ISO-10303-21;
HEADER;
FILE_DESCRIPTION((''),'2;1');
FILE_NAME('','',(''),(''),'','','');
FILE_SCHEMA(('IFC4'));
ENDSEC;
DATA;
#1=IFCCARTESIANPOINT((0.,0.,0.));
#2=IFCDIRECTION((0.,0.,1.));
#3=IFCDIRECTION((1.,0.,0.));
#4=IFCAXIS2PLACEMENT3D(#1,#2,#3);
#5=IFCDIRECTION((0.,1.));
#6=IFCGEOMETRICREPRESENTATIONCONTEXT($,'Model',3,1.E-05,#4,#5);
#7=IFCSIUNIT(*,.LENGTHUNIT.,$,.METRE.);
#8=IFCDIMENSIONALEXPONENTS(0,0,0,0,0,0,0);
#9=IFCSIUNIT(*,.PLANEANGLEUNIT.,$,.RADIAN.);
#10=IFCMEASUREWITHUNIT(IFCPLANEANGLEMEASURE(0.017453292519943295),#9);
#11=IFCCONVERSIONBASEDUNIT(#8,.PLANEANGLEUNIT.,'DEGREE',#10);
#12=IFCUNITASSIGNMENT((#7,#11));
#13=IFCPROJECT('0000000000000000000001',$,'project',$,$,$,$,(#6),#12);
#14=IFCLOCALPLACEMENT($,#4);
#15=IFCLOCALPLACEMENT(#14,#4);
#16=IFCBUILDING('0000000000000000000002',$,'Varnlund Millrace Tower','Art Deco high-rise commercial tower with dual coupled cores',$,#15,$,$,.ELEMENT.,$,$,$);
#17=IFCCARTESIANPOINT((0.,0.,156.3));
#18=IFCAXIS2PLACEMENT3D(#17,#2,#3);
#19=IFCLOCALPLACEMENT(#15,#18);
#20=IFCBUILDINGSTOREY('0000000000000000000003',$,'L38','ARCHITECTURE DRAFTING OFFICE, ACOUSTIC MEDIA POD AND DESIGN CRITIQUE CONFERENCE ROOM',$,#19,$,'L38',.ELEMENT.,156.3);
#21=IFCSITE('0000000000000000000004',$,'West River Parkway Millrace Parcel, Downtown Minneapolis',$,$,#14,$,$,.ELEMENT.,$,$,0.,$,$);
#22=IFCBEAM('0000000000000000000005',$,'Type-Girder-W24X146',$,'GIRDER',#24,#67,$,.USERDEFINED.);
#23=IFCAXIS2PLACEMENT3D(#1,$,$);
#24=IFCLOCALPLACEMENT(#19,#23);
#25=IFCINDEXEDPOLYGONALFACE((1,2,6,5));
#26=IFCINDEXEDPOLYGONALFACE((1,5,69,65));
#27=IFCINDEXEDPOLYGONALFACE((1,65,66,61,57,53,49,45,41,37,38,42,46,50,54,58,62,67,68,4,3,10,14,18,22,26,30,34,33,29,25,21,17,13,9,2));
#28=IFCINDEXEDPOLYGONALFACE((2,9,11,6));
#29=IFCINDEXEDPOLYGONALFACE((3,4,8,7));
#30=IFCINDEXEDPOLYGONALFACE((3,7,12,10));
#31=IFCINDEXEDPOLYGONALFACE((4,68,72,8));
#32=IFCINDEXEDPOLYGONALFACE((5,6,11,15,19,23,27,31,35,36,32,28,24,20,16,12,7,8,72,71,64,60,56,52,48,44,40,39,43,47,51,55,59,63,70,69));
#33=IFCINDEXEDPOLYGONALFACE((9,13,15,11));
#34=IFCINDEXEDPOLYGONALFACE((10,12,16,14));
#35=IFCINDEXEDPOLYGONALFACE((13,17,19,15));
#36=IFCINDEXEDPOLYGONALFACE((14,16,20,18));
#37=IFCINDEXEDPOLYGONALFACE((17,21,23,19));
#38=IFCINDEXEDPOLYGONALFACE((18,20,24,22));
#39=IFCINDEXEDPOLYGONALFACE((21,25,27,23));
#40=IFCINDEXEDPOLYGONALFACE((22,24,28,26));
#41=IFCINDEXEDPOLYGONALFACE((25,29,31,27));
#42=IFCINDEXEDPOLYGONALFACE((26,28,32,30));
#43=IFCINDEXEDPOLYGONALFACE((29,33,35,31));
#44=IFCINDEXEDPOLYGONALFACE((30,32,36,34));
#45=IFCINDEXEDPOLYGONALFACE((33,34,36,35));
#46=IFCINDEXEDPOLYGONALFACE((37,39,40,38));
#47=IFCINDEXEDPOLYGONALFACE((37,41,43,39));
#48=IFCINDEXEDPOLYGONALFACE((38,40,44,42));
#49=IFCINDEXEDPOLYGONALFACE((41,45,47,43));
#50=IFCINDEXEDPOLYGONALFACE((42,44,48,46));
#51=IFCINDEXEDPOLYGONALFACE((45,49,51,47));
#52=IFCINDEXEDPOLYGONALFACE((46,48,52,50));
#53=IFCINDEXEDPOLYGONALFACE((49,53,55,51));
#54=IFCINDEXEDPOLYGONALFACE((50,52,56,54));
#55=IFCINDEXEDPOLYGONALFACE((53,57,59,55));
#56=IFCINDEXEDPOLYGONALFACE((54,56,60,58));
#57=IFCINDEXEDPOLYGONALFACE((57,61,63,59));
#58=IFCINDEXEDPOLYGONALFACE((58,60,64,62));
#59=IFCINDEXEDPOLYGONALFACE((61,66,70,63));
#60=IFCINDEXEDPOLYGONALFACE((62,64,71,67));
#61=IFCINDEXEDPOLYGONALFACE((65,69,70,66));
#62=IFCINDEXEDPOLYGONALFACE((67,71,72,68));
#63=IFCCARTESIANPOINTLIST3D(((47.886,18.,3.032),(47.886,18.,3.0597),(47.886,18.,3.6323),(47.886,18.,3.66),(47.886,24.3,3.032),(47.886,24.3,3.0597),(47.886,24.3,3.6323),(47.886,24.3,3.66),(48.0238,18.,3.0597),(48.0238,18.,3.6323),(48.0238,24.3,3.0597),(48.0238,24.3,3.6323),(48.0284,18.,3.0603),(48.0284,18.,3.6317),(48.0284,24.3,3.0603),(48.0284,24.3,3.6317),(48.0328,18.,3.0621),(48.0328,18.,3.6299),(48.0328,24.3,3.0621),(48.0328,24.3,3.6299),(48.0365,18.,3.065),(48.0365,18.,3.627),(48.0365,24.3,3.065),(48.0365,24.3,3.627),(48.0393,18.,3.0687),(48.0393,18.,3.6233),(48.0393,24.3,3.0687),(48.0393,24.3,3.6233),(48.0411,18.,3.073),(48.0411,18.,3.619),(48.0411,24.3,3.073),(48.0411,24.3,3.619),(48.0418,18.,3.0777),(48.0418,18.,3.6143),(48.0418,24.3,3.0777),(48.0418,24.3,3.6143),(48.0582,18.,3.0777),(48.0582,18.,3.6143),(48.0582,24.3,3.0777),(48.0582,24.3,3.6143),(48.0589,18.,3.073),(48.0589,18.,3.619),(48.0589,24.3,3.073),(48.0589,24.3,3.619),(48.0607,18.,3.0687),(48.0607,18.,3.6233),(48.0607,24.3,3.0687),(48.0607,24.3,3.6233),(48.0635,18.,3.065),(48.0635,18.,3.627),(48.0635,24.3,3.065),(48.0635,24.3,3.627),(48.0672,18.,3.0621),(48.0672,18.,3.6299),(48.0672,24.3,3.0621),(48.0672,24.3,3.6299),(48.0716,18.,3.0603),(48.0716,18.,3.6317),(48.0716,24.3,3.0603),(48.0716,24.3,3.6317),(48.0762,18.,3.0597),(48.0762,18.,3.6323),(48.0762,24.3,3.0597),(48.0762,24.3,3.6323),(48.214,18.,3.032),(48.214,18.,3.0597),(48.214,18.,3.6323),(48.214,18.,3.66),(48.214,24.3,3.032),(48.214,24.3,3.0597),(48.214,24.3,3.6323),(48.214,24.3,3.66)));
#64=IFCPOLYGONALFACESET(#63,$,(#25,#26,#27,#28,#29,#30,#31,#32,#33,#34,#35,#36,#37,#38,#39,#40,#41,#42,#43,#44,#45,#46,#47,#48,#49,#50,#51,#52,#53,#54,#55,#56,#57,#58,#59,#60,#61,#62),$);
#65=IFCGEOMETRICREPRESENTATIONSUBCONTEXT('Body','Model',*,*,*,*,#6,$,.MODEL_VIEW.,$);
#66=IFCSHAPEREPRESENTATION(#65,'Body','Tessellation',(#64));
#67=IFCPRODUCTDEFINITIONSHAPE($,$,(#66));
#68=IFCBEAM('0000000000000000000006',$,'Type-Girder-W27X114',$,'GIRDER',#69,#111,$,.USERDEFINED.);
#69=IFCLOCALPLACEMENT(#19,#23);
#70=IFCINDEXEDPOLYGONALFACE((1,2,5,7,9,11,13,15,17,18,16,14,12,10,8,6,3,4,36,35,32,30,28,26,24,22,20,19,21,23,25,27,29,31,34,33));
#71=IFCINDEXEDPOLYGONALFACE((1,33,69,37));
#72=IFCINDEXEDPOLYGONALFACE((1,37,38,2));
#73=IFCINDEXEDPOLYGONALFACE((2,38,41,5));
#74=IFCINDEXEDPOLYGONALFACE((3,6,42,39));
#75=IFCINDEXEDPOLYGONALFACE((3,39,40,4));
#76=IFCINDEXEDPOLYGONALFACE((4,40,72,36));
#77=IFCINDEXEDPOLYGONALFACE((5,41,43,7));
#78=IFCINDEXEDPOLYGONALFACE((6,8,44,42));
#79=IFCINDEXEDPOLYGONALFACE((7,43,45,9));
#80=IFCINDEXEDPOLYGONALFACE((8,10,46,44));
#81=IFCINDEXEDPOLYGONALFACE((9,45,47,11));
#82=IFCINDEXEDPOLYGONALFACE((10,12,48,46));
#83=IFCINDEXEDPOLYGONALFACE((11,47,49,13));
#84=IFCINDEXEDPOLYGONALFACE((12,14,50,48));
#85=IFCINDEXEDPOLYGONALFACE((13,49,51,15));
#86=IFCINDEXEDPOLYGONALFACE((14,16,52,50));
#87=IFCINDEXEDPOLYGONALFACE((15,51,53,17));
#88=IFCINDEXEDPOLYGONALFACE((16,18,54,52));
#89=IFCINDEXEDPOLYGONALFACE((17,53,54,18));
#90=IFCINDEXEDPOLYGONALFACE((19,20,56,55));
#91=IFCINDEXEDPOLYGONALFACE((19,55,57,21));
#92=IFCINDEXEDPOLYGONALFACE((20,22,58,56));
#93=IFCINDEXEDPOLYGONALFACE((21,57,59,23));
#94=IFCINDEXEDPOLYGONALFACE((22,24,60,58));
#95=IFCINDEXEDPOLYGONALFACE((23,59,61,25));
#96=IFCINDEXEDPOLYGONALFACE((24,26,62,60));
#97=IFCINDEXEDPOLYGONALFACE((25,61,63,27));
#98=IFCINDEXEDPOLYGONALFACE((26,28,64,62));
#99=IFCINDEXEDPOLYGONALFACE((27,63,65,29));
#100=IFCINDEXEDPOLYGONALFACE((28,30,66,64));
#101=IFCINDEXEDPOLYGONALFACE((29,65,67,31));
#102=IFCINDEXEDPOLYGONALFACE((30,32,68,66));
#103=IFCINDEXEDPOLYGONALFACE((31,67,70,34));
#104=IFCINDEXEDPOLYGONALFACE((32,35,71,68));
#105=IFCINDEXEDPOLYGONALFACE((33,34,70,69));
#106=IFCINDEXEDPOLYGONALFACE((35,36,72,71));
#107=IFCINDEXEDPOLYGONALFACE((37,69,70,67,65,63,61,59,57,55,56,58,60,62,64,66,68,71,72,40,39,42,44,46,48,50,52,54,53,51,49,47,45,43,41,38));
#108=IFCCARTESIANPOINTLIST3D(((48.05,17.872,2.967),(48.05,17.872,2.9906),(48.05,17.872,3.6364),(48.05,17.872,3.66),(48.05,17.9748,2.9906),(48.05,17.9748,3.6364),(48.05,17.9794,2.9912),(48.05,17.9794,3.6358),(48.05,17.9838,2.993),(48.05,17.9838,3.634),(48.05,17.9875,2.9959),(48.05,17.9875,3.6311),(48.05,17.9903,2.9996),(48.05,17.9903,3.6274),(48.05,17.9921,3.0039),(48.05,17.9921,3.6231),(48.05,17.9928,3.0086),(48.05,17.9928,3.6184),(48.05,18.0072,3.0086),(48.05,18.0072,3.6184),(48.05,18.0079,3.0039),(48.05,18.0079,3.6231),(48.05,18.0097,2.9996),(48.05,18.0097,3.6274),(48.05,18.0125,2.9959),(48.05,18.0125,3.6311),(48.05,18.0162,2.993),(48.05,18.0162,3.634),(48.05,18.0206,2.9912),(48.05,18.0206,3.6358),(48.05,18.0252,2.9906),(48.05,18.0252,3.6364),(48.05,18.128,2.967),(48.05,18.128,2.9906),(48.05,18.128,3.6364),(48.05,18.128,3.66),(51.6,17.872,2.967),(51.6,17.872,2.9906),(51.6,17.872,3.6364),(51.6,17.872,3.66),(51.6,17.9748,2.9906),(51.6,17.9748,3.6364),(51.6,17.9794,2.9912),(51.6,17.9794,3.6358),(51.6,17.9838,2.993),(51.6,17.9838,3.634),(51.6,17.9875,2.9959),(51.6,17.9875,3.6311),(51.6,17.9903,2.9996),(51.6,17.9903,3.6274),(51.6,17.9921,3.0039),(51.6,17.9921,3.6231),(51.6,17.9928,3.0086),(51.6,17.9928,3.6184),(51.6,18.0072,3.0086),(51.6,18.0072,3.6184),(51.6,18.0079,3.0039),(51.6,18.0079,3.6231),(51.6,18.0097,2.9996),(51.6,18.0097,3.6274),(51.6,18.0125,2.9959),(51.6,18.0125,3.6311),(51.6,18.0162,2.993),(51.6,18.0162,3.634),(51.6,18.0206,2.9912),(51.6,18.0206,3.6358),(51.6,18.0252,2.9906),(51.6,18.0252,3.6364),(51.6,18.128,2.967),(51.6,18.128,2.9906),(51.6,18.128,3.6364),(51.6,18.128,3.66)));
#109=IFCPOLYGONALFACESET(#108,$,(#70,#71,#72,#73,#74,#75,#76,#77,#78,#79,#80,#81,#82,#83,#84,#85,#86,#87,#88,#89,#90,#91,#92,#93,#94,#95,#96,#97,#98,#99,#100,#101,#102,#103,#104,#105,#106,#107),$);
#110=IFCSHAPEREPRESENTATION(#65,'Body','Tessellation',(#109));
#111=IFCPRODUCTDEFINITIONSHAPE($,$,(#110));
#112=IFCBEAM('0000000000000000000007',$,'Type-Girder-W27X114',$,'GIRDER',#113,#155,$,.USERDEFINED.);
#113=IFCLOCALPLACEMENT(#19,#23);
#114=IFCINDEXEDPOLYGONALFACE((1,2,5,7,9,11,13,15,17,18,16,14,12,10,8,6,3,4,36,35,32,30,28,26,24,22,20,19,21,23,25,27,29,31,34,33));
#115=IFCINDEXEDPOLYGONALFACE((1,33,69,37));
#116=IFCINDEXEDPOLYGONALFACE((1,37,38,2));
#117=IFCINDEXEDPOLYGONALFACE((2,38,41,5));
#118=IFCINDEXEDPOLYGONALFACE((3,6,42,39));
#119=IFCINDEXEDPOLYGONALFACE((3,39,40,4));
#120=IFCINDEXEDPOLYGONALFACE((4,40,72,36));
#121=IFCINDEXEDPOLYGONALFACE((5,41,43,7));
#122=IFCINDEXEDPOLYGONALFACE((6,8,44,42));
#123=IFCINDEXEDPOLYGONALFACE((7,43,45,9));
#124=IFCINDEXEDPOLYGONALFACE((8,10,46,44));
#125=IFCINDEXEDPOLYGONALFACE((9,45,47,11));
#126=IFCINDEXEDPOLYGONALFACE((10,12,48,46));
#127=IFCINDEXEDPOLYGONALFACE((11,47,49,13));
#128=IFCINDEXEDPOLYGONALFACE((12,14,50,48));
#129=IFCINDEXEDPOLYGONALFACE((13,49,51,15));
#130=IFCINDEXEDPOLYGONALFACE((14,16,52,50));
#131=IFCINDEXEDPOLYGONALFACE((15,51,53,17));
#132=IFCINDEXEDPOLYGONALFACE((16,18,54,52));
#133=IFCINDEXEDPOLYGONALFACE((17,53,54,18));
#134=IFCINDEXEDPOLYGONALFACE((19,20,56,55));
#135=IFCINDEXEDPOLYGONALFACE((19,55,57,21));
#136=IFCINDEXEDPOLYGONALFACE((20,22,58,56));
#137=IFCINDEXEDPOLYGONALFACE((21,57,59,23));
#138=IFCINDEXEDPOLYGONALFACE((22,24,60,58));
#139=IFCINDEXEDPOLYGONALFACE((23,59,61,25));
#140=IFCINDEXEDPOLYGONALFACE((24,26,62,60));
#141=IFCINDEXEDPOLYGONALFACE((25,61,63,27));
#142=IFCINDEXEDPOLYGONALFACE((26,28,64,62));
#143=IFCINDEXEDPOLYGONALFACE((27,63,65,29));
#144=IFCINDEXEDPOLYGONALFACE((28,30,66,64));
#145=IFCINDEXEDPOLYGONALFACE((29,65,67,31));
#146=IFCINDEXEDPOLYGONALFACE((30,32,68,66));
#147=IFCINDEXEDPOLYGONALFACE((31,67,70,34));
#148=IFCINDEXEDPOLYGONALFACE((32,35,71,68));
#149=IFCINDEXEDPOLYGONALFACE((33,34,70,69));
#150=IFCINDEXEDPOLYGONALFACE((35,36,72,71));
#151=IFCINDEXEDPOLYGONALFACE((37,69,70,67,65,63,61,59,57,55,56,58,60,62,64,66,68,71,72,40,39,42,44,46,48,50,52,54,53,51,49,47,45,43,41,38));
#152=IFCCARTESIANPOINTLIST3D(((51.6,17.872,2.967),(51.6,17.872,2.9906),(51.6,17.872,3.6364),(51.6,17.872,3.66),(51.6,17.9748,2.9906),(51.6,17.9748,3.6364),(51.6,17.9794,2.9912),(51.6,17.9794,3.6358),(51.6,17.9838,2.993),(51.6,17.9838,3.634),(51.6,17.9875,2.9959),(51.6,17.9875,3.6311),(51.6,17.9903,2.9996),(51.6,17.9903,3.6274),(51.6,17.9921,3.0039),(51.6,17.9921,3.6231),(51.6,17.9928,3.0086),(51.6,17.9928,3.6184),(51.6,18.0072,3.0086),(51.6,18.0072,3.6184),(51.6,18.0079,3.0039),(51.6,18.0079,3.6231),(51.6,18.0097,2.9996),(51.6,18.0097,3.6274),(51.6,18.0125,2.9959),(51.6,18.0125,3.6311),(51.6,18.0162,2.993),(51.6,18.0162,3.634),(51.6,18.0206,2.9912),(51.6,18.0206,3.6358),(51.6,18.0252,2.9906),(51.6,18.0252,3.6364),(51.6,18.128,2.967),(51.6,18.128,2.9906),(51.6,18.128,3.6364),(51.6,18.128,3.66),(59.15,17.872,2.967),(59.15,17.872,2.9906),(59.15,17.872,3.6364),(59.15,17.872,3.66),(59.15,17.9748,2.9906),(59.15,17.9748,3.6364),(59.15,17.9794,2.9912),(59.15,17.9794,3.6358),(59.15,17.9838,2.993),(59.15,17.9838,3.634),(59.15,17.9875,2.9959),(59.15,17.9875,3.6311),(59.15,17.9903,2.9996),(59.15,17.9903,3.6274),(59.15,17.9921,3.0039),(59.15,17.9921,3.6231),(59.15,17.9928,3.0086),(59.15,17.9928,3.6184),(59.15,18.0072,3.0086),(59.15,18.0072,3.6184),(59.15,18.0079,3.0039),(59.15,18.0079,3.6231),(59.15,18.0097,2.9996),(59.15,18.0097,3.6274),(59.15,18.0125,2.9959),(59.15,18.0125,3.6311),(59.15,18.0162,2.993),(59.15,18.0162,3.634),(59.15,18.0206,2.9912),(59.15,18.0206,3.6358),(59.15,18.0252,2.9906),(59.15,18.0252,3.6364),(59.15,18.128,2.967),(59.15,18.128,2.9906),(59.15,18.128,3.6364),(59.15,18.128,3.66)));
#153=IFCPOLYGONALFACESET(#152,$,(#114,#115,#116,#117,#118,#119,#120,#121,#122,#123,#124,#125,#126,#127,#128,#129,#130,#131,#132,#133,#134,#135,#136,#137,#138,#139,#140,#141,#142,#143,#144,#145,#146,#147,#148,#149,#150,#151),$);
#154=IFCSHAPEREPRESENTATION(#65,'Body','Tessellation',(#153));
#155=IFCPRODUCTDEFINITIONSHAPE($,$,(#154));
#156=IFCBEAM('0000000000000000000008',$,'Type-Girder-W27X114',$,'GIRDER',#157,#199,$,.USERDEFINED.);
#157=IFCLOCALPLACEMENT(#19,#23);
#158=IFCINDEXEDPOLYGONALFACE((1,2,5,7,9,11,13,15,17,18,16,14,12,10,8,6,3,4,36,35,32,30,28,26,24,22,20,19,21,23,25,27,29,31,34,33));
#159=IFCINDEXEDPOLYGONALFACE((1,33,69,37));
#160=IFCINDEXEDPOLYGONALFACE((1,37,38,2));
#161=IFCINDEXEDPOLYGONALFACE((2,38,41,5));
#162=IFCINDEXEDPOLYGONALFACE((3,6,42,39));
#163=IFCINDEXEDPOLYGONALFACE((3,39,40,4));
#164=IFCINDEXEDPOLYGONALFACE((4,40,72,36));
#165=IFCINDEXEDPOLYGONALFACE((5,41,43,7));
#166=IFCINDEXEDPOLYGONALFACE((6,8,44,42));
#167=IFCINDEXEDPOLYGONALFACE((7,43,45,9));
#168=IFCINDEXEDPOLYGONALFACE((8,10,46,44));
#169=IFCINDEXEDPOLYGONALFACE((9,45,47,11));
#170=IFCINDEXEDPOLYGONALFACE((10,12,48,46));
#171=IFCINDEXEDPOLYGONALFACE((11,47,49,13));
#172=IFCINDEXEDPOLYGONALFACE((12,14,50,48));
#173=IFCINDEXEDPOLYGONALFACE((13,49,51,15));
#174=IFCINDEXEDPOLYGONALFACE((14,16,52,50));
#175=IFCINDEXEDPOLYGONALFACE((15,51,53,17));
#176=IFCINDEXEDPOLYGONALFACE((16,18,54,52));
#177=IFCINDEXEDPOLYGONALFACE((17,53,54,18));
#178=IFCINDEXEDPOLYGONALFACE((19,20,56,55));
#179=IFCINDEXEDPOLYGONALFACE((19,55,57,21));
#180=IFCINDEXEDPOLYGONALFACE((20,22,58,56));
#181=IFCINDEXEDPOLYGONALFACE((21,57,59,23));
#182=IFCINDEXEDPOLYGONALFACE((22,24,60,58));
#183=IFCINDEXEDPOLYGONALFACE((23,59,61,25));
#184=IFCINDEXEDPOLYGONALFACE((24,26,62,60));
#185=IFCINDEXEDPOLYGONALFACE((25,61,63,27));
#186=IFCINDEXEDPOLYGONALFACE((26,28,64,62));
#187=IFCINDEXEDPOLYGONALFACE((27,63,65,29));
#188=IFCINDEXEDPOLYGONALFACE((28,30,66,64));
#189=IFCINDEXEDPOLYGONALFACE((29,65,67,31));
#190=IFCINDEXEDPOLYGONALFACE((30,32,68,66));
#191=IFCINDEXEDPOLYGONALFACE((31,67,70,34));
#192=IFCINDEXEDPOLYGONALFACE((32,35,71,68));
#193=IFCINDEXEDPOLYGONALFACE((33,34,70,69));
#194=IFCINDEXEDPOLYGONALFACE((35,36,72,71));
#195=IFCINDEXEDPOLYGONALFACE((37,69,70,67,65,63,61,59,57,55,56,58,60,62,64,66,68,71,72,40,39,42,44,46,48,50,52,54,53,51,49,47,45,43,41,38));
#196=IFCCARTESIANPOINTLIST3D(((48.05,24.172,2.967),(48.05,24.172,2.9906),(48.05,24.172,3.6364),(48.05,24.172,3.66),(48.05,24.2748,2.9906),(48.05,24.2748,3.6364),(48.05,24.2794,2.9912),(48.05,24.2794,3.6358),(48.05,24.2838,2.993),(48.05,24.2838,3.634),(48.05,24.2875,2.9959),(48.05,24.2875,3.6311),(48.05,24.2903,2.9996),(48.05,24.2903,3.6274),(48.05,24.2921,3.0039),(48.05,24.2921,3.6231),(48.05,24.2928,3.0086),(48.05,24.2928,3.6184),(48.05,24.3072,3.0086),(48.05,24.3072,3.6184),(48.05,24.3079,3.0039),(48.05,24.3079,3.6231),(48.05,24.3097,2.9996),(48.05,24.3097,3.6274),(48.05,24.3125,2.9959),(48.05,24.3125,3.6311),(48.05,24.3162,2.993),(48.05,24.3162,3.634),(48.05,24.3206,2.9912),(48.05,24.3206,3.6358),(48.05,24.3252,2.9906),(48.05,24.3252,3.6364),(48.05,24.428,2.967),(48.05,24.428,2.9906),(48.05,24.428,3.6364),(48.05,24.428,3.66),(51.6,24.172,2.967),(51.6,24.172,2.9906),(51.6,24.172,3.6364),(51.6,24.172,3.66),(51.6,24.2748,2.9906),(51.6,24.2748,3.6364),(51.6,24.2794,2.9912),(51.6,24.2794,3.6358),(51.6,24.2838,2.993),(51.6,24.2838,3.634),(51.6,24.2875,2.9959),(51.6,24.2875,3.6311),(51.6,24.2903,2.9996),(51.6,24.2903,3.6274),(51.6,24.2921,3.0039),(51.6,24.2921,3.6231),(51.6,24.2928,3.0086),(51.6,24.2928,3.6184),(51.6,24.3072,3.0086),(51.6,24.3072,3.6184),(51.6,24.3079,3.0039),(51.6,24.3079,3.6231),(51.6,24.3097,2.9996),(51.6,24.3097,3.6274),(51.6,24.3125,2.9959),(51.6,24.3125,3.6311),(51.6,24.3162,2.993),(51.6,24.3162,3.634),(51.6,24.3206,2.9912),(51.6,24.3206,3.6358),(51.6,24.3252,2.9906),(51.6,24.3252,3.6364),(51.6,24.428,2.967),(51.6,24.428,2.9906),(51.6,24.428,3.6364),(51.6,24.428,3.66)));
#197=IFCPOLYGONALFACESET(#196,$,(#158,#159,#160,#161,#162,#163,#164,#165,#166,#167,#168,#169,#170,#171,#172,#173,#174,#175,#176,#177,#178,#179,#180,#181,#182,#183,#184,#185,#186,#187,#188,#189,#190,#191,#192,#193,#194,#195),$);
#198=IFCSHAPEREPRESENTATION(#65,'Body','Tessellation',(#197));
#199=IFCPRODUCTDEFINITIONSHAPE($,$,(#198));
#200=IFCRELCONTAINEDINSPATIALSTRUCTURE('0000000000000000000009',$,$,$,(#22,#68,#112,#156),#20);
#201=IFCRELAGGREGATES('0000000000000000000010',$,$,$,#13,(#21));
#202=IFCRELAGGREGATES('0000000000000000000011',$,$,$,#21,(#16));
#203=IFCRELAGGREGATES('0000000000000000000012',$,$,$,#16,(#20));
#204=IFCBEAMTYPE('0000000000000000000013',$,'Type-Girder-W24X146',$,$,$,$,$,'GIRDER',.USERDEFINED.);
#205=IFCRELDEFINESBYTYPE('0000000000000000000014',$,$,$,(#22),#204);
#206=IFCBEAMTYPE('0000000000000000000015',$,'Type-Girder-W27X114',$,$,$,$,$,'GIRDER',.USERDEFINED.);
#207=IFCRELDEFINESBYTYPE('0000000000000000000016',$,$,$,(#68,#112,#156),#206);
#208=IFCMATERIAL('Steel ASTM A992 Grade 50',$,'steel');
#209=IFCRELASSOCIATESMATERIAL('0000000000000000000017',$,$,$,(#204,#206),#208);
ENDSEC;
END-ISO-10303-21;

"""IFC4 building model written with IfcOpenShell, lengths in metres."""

from ifc_helpers import new_model, entity, si_unit, converted_unit, direction, frame, origin_with_axes, origin_2d_with_axis, place, context, subcontext, project, spatial, i_section, extrude, material, material_profile, profile_set, type_object, element, save


model = new_model("IFC4")

# Units and contexts
model_context = context("Model", 3, precision=1e-05, world=origin_with_axes(), true_north=direction((0.0, 1.0)))
body_context = subcontext(model_context, "Body", "Model", "MODEL_VIEW")
ifc_project = project(units=[si_unit("LENGTHUNIT", "METRE"), converted_unit("PLANEANGLEUNIT", "DEGREE", entity("IfcPlaneAngleMeasure", 0.017453292519943295), si_unit("PLANEANGLEUNIT", "RADIAN"), dimensions=[0, 0, 0, 0, 0, 0, 0])], contexts=[model_context])

# Site, building, storey
site_placement = place(None, origin_with_axes())
site = spatial("IfcSite", under=ifc_project, at=site_placement, Name="West River Parkway Millrace Parcel, Downtown Minneapolis", CompositionType="ELEMENT", RefElevation=0.0)
building_placement = place(site_placement, origin_with_axes())
building = spatial("IfcBuilding", under=site, at=building_placement, Name="Varnlund Millrace Tower", Description="Art Deco high-rise commercial tower with dual coupled cores", CompositionType="ELEMENT")
storey_placement = place(building_placement, frame((0.0, 0.0, 156.3), z_axis=(0.0, 0.0, 1.0), x_axis=(1.0, 0.0, 0.0)))
storey = spatial("IfcBuildingStorey", under=building, at=storey_placement, Name="L38", Description="ARCHITECTURE DRAFTING OFFICE, ACOUSTIC MEDIA POD AND DESIGN CRITIQUE CONFERENCE ROOM", LongName="L38", CompositionType="ELEMENT", Elevation=156.3)

# Beams
ifc_material_1 = material(Name="Steel ASTM A992 Grade 50", Category="steel")
ifc_material_profile_1 = material_profile(ifc_material_1, i_section(OverallWidth=0.328, OverallDepth=0.628, WebThickness=0.0165, FlangeThickness=0.0277, FilletRadius=0.018, at=origin_2d_with_axis()), Name="Steel ASTM A992 Grade 50")
ifc_profile_set_1 = profile_set([ifc_material_profile_1], Name="Steel ASTM A992 Grade 50")
beam_type_1 = type_object("IfcBeamType", Name="Type-Girder-W24X146", ElementType="GIRDER", PredefinedType="USERDEFINED", material=ifc_profile_set_1)
beam_1_placement = place(storey_placement, frame((48.05, 18.0, 3.346), z_axis=(0.0, 1.0, 0.0), x_axis=(-1.0, 0.0, 0.0)))
element("IfcBeam", 1, at=beam_1_placement, inside=storey, type_object=beam_type_1, Name="Type-Girder-W24X146", ObjectType="GIRDER", PredefinedType="USERDEFINED", context=body_context, shape_type="SweptSolid", body=[
    extrude(i_section(OverallWidth=0.328, OverallDepth=0.628, WebThickness=0.0165, FlangeThickness=0.0277, FilletRadius=0.018, at=origin_2d_with_axis()), origin_with_axes(), (0.0, 0.0, 1.0), 6.3),
])
ifc_material_profile_2 = material_profile(ifc_material_1, i_section(OverallWidth=0.256, OverallDepth=0.693, WebThickness=0.0145, FlangeThickness=0.0236, FilletRadius=0.018, at=origin_2d_with_axis()), Name="Steel ASTM A992 Grade 50")
ifc_profile_set_2 = profile_set([ifc_material_profile_2], Name="Steel ASTM A992 Grade 50")
beam_type_2 = type_object("IfcBeamType", Name="Type-Girder-W27X114", ElementType="GIRDER", PredefinedType="USERDEFINED", material=ifc_profile_set_2)
beam_2_placement = place(storey_placement, frame((48.05, 18.0, 3.3135), z_axis=(1.0, 0.0, 0.0), x_axis=(0.0, 1.0, 0.0)))
element("IfcBeam", 2, at=beam_2_placement, inside=storey, type_object=beam_type_2, Name="Type-Girder-W27X114", ObjectType="GIRDER", PredefinedType="USERDEFINED", context=body_context, shape_type="SweptSolid", body=[
    extrude(i_section(OverallWidth=0.256, OverallDepth=0.693, WebThickness=0.0145, FlangeThickness=0.0236, FilletRadius=0.018, at=origin_2d_with_axis()), origin_with_axes(), (0.0, 0.0, 1.0), 3.55),
])
beam_3_placement = place(storey_placement, frame((51.6, 18.0, 3.3135), z_axis=(1.0, 0.0, 0.0), x_axis=(0.0, 1.0, 0.0)))
element("IfcBeam", 3, at=beam_3_placement, inside=storey, type_object=beam_type_2, Name="Type-Girder-W27X114", ObjectType="GIRDER", PredefinedType="USERDEFINED", context=body_context, shape_type="SweptSolid", body=[
    extrude(i_section(OverallWidth=0.256, OverallDepth=0.693, WebThickness=0.0145, FlangeThickness=0.0236, FilletRadius=0.018, at=origin_2d_with_axis()), origin_with_axes(), (0.0, 0.0, 1.0), 7.55),
])
beam_4_placement = place(storey_placement, frame((48.05, 24.3, 3.3135), z_axis=(1.0, 0.0, 0.0), x_axis=(0.0, 1.0, 0.0)))
element("IfcBeam", 4, at=beam_4_placement, inside=storey, type_object=beam_type_2, Name="Type-Girder-W27X114", ObjectType="GIRDER", PredefinedType="USERDEFINED", context=body_context, shape_type="SweptSolid", body=[
    extrude(i_section(OverallWidth=0.256, OverallDepth=0.693, WebThickness=0.0145, FlangeThickness=0.0236, FilletRadius=0.018, at=origin_2d_with_axis()), origin_with_axes(), (0.0, 0.0, 1.0), 3.55),
])

save(model, "model.ifc")
